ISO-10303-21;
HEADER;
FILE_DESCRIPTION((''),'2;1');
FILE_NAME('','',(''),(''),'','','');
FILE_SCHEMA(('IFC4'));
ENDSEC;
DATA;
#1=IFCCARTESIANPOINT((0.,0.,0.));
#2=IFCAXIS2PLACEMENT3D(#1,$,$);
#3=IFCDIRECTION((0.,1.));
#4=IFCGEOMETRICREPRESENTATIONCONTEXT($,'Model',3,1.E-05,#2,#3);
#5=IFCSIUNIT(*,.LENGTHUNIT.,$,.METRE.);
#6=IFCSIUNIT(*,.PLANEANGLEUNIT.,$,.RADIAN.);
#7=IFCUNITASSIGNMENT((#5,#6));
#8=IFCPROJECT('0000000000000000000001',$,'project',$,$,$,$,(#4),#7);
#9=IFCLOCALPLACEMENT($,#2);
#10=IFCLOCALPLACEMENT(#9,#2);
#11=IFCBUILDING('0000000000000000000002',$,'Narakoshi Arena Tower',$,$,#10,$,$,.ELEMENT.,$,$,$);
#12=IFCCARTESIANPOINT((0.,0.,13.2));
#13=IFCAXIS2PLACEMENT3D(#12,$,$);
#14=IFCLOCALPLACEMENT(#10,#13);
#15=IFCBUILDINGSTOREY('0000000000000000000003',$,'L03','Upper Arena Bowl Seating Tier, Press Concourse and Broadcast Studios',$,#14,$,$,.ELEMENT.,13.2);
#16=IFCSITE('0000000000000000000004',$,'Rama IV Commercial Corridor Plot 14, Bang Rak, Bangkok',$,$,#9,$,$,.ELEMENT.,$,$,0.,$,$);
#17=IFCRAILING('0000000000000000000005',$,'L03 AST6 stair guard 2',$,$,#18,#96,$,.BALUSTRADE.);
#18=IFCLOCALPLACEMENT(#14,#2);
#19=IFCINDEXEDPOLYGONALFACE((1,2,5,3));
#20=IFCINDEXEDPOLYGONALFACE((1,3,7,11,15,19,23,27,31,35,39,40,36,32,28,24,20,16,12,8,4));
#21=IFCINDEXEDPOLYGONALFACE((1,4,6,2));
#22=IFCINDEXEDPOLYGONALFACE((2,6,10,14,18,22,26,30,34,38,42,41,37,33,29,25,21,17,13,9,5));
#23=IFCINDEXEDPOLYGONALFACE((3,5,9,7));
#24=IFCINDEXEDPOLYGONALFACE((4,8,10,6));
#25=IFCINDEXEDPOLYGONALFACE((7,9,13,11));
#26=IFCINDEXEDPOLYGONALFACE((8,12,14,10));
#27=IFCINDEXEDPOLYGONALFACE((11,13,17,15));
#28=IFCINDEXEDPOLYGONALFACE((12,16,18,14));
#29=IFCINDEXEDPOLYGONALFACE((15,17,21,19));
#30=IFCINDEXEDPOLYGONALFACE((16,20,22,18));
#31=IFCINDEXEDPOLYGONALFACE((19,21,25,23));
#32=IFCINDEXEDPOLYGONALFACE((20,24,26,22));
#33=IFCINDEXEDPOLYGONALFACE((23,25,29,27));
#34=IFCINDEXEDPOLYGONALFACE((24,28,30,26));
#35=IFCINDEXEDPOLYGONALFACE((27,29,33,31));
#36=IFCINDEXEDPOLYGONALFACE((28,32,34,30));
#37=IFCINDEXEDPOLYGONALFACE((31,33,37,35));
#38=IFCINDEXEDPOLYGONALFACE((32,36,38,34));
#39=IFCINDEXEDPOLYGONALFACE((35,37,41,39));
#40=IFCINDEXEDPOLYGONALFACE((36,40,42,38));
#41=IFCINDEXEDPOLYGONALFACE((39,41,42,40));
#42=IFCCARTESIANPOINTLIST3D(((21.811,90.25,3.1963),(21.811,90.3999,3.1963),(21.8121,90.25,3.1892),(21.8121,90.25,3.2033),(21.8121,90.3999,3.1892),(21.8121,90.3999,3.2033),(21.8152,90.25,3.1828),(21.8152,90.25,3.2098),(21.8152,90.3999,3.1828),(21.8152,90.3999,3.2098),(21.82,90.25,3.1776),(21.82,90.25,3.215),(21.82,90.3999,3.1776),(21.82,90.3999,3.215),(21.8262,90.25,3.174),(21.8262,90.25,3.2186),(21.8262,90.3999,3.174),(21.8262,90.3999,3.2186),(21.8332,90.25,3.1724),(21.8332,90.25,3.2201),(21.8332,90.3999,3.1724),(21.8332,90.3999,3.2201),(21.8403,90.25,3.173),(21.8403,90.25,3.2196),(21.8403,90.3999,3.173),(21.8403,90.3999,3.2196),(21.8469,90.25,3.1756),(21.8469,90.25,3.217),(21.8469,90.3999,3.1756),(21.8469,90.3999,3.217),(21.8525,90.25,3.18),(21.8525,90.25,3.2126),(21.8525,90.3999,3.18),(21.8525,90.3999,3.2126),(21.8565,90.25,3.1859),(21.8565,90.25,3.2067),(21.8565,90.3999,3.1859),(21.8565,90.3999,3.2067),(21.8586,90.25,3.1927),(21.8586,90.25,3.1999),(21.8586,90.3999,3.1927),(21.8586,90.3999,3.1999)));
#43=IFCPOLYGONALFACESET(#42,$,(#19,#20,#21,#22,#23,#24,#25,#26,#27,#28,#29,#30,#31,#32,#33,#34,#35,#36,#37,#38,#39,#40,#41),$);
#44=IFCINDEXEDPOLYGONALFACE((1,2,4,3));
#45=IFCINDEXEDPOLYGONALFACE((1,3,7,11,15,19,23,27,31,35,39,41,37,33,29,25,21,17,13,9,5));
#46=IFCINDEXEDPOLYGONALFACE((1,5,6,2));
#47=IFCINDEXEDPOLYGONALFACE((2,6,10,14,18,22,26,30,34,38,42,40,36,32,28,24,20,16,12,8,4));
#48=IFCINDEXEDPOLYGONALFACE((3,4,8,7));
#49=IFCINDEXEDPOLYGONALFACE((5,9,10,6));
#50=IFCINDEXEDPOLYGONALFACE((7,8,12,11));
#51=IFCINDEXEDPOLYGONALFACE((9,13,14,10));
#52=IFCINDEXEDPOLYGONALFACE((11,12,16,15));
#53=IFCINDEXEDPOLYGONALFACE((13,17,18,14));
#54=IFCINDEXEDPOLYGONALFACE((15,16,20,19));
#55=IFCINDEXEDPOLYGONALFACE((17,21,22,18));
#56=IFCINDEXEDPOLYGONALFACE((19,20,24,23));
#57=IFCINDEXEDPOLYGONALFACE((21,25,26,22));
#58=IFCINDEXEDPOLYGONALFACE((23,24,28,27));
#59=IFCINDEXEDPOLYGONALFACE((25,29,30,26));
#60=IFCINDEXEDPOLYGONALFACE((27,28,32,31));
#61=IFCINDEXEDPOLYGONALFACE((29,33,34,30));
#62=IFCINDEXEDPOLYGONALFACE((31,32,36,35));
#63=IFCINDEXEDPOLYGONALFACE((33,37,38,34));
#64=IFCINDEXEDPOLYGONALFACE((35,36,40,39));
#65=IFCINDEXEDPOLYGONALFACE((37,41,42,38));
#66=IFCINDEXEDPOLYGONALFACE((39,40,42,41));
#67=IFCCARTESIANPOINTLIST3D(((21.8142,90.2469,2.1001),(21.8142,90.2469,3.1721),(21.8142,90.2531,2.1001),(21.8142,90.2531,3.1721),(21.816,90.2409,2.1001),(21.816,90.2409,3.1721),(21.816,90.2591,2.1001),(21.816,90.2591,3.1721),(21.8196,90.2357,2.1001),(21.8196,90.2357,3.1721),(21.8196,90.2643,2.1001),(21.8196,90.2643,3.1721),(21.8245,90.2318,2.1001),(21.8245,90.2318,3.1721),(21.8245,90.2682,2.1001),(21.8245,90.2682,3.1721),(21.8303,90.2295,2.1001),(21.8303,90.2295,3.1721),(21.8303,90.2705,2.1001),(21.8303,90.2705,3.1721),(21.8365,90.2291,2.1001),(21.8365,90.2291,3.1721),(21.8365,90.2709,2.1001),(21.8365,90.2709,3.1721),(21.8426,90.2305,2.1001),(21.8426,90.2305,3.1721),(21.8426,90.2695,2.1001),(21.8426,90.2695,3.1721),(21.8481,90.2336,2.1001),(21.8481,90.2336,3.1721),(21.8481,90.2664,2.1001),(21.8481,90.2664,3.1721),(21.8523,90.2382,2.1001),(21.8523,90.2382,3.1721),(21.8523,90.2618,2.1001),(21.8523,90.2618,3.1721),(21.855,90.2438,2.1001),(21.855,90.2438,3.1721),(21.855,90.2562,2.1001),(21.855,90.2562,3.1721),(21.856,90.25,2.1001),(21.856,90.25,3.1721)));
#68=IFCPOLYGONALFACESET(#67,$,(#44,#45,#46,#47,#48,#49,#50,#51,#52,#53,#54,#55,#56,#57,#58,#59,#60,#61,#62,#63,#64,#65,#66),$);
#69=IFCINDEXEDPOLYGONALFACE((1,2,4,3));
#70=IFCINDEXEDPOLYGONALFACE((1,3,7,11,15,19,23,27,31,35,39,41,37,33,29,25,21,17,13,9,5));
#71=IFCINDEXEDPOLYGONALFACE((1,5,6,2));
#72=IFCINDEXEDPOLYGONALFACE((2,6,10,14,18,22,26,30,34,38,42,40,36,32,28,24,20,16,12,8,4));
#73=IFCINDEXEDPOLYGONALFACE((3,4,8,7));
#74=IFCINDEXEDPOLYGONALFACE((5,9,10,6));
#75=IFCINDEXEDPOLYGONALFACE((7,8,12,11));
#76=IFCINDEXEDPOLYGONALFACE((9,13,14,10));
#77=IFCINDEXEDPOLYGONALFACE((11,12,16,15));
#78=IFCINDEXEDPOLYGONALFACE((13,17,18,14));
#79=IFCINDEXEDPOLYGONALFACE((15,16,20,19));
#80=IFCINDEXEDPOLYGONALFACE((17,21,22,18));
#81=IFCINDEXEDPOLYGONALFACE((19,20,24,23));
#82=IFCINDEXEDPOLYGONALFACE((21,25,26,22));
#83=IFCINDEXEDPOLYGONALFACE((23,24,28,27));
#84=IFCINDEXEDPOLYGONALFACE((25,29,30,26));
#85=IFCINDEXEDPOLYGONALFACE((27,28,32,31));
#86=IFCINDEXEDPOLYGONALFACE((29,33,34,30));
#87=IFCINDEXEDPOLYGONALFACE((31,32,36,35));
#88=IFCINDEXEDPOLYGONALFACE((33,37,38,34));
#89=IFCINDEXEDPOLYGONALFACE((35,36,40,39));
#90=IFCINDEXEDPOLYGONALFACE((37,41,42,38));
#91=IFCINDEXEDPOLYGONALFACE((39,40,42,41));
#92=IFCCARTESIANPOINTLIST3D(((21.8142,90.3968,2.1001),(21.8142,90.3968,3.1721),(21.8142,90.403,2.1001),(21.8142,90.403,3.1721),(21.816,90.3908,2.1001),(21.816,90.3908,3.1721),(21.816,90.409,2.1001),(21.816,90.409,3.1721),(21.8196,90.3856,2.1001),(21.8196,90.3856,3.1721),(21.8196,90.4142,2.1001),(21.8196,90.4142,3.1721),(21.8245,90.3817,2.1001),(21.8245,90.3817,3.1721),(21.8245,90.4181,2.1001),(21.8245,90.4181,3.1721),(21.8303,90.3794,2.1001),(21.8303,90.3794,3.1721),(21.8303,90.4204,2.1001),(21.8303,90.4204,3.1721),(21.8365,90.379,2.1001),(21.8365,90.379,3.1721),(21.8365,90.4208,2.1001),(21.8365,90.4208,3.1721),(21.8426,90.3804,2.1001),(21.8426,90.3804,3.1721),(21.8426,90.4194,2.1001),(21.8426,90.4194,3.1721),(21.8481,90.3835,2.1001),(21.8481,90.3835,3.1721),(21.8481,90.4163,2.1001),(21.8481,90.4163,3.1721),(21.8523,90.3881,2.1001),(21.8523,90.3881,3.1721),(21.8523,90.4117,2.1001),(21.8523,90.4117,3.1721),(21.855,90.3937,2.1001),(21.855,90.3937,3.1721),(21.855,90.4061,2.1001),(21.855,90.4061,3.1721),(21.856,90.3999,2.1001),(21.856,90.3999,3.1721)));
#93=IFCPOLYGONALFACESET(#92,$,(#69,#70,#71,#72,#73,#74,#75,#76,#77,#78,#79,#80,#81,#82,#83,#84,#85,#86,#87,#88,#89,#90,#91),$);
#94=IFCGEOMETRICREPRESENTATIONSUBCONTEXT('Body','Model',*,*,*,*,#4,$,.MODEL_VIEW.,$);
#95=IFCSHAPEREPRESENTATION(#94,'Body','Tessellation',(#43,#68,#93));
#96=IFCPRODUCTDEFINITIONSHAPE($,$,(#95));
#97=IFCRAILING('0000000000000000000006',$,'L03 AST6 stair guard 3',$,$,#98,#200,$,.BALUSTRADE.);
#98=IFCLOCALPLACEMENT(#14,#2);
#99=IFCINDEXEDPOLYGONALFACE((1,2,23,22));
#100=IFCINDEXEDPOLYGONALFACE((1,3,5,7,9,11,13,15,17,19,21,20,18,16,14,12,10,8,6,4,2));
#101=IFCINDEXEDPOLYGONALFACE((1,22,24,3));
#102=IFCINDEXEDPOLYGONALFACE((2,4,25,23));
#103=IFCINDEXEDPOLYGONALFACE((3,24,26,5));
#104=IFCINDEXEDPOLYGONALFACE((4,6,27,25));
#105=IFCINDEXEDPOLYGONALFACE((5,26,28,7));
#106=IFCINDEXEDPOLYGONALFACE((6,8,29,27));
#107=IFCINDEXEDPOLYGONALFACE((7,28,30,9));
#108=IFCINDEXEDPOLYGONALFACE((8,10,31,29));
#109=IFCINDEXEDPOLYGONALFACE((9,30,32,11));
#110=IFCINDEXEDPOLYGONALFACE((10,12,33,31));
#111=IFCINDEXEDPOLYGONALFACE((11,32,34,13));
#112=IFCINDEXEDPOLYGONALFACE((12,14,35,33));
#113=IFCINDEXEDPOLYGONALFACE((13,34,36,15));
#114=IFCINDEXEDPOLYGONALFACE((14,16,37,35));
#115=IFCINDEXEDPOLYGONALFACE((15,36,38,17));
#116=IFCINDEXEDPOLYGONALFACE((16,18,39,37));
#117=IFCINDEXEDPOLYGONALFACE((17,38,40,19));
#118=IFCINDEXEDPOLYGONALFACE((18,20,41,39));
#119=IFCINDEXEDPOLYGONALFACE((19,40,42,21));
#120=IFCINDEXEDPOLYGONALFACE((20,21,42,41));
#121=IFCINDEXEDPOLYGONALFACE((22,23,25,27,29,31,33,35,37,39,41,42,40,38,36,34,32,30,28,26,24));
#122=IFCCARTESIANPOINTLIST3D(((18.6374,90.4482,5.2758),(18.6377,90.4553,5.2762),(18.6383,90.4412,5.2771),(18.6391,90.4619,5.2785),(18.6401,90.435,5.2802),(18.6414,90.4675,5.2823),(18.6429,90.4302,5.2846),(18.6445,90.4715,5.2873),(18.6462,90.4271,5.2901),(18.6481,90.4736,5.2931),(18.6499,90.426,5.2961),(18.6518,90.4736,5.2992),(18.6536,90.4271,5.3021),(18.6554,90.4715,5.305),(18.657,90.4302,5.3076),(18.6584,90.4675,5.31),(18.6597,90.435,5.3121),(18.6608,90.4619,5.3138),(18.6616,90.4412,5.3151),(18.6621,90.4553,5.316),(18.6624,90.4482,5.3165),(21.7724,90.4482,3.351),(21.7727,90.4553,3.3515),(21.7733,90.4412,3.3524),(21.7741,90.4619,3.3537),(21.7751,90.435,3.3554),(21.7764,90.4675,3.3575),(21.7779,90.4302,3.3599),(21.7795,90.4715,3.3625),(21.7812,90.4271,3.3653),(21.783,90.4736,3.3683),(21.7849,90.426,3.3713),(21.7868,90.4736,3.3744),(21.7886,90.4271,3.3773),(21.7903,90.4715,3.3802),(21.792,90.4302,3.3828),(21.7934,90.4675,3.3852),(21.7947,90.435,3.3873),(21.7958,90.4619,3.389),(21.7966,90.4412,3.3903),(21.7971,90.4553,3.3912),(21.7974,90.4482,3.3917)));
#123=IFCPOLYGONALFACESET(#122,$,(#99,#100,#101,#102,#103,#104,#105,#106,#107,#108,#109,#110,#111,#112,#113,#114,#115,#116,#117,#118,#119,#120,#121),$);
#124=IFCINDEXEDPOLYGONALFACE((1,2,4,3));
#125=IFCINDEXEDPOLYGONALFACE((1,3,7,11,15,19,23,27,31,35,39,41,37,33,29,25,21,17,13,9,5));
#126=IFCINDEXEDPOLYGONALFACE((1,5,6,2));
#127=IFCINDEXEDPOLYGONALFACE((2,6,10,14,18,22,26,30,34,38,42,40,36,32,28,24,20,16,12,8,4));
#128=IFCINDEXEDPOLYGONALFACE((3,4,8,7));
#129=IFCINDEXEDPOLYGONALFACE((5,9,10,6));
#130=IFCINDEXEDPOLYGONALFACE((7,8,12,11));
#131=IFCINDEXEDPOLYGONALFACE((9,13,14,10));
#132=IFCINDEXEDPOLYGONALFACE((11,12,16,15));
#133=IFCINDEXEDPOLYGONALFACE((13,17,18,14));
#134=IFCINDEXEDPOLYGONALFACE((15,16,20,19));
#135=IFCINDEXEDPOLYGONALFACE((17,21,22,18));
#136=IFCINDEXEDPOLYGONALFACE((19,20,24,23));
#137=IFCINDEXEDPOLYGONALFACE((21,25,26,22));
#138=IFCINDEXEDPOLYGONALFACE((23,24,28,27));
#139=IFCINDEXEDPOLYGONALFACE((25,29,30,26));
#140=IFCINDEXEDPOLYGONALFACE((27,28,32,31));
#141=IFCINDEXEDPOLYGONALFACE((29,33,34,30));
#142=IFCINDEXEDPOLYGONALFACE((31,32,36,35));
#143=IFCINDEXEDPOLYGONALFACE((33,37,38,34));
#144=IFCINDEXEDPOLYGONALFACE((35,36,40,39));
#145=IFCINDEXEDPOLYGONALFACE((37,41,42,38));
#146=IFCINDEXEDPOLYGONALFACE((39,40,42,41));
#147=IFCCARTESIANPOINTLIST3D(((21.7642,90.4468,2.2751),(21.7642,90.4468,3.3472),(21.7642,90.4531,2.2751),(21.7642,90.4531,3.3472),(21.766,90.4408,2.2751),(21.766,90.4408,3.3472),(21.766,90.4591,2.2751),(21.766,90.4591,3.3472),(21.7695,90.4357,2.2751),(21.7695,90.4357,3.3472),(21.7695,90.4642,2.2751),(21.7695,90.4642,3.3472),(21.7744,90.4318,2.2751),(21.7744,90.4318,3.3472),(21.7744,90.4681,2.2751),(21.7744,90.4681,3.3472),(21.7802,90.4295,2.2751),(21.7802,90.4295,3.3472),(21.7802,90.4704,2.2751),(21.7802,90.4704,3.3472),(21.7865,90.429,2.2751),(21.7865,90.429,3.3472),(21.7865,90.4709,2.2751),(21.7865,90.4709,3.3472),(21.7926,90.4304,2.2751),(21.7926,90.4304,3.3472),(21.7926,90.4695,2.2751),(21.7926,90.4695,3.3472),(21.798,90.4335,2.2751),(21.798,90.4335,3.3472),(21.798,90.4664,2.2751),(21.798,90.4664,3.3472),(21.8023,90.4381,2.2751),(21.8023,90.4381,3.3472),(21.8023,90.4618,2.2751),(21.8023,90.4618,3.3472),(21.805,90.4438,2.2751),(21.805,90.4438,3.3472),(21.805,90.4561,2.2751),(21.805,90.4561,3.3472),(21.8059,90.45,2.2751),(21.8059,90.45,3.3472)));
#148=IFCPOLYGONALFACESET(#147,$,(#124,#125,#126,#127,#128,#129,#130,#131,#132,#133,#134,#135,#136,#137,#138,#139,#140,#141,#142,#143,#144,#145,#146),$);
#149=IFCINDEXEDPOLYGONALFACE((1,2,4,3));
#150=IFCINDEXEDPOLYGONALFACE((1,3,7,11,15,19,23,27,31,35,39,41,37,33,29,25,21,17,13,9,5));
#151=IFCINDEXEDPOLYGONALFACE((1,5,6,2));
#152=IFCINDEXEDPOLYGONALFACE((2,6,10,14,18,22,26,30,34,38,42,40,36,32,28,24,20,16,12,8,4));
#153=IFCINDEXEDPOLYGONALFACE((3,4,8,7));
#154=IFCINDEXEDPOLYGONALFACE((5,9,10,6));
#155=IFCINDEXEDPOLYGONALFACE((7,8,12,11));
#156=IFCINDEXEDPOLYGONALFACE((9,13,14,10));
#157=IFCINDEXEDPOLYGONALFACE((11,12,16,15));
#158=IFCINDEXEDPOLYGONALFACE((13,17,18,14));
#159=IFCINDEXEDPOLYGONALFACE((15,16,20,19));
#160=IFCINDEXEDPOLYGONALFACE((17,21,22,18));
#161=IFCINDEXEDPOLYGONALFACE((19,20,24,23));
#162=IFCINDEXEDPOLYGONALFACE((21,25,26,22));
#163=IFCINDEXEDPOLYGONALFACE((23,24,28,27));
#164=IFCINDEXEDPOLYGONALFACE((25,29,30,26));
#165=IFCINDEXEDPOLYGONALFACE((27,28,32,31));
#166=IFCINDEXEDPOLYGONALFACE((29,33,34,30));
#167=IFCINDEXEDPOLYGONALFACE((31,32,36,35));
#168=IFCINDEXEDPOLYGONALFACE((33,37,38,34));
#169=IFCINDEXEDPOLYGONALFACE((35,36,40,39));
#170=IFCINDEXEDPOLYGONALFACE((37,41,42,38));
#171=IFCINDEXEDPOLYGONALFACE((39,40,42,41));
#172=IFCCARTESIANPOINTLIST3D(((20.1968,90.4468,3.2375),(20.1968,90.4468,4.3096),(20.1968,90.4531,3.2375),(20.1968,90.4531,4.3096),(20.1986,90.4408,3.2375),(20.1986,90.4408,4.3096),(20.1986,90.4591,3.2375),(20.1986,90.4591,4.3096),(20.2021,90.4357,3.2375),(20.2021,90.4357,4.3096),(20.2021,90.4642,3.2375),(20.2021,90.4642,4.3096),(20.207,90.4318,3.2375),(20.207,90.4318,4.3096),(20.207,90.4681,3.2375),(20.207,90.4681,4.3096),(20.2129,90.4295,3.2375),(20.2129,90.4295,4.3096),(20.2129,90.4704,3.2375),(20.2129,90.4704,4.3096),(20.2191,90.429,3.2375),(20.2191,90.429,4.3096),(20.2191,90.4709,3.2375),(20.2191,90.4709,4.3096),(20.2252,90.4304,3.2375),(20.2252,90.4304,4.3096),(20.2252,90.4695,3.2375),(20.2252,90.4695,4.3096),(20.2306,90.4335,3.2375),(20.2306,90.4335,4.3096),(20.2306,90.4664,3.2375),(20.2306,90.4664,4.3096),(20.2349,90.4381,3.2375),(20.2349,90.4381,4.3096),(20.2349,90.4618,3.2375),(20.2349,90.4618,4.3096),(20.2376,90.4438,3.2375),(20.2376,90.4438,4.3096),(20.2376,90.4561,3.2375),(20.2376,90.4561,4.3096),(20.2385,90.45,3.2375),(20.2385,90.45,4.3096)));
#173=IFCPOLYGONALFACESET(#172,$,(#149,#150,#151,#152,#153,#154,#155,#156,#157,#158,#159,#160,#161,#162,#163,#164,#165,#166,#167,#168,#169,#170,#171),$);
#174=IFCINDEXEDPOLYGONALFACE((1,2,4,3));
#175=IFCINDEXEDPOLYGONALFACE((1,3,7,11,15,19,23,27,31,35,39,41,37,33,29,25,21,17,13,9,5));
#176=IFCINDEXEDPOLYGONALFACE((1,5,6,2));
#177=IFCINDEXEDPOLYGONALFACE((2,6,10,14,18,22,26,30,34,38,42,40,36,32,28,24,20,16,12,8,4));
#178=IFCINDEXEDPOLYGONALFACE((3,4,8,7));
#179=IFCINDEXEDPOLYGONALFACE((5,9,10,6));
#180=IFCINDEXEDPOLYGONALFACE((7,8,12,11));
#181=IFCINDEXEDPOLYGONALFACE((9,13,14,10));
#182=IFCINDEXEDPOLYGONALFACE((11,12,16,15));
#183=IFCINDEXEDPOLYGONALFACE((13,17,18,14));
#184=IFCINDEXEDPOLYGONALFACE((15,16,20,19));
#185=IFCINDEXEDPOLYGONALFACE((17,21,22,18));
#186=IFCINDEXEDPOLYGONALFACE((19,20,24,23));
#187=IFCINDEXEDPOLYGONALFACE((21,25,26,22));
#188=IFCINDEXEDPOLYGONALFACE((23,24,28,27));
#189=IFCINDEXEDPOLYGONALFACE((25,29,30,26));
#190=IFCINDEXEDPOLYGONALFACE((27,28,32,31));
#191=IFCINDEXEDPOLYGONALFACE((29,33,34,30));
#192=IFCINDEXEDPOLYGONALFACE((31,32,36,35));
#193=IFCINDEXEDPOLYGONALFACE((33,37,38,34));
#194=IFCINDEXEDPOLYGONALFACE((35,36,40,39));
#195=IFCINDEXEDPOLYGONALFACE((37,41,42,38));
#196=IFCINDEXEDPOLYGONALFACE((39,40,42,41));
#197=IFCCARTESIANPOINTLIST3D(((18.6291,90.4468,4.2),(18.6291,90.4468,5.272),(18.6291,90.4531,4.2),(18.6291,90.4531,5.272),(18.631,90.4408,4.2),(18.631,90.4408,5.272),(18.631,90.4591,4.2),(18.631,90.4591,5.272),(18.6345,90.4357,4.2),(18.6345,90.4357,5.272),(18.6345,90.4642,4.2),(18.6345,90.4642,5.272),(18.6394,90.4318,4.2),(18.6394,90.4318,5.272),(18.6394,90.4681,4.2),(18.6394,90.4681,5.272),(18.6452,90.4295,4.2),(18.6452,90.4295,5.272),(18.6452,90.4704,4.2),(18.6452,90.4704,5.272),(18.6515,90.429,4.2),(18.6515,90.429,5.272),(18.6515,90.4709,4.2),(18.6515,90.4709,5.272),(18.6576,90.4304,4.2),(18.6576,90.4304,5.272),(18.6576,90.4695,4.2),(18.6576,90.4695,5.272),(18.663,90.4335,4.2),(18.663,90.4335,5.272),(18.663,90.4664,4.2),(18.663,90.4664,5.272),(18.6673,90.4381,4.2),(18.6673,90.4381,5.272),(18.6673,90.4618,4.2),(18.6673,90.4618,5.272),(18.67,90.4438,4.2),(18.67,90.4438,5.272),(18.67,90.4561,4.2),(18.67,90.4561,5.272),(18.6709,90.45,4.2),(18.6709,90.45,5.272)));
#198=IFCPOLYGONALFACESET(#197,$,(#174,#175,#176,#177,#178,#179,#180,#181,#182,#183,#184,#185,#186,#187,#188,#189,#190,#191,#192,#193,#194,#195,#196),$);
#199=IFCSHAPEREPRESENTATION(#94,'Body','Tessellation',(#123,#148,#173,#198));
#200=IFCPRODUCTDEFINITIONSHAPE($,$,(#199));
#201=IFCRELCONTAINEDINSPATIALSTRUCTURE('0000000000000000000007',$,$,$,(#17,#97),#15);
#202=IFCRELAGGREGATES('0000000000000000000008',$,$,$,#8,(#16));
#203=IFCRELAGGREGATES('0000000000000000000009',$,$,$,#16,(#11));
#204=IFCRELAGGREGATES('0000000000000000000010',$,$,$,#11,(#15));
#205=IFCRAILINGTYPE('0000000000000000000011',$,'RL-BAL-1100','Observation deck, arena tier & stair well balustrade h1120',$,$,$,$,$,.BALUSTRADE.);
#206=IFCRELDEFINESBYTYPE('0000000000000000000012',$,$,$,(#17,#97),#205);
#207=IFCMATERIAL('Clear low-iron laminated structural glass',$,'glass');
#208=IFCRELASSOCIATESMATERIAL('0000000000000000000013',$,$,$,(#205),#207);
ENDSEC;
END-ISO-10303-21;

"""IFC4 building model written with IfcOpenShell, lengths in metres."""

from ifc_helpers import new_model, si_unit, direction, frame, origin, origin_2d, place, context, subcontext, project, spatial, circle, extrude, material, type_object, element, save


model = new_model("IFC4")

# Units and contexts
model_context = context("Model", 3, precision=1e-05, world=origin(), true_north=direction((0.0, 1.0)))
body_context = subcontext(model_context, "Body", "Model", "MODEL_VIEW")
ifc_project = project(units=[si_unit("LENGTHUNIT", "METRE"), si_unit("PLANEANGLEUNIT", "RADIAN")], contexts=[model_context])

# Site, building, storey
site_placement = place(None, origin())
site = spatial("IfcSite", under=ifc_project, at=site_placement, Name="Rama IV Commercial Corridor Plot 14, Bang Rak, Bangkok", CompositionType="ELEMENT", RefElevation=0.0)
building_placement = place(site_placement, origin())
building = spatial("IfcBuilding", under=site, at=building_placement, Name="Narakoshi Arena Tower", CompositionType="ELEMENT")
storey_placement = place(building_placement, frame((0.0, 0.0, 13.2)))
storey = spatial("IfcBuildingStorey", under=building, at=storey_placement, Name="L03", Description="Upper Arena Bowl Seating Tier, Press Concourse and Broadcast Studios", CompositionType="ELEMENT", Elevation=13.2)

# Railings
ifc_material_1 = material(Name="Clear low-iron laminated structural glass", Category="glass")
railing_type_1 = type_object("IfcRailingType", Name="RL-BAL-1100", Description="Observation deck, arena tier & stair well balustrade h1120", PredefinedType="BALUSTRADE", material=ifc_material_1)
railing_1_placement = place(storey_placement, frame((21.835, 90.25, 2.1001)))
element("IfcRailing", 1, at=railing_1_placement, inside=storey, type_object=railing_type_1, Name="L03 AST6 stair guard 2", PredefinedType="BALUSTRADE", context=body_context, shape_type="SweptSolid", body=[
    extrude(circle(Radius=0.0239, at=origin_2d()), frame((0.0, 0.0, 1.0962), z_axis=(0.0, 1.0, 0.0), x_axis=(-1.0, 0.0, 0.0)), (0.0, 0.0, 1.0), 0.1499),
    extrude(circle(Radius=0.021, at=origin_2d()), origin(), (0.0, 0.0, 1.0), 1.072),
    extrude(circle(Radius=0.021, at=origin_2d()), frame((0.0, 0.1499, 0.0)), (0.0, 0.0, 1.0), 1.072),
])
railing_2_placement = place(storey_placement, frame((21.7849, 90.45, 2.2751)))
element("IfcRailing", 2, at=railing_2_placement, inside=storey, type_object=railing_type_1, Name="L03 AST6 stair guard 3", PredefinedType="BALUSTRADE", context=body_context, shape_type="SweptSolid", body=[
    extrude(circle(Radius=0.0239, at=origin_2d()), frame((0.0, 0.0, 1.0962), z_axis=(-0.852196, 0.0, 0.523223), x_axis=(0.0, -1.0, 0.0)), (0.0, 0.0, 1.0), 3.6787),
    extrude(circle(Radius=0.021, at=origin_2d()), origin(), (0.0, 0.0, 1.0), 1.072),
    extrude(circle(Radius=0.021, at=origin_2d()), frame((-1.5674, 0.0, 0.9624)), (0.0, 0.0, 1.0), 1.072),
    extrude(circle(Radius=0.021, at=origin_2d()), frame((-3.135, 0.0, 1.9248)), (0.0, 0.0, 1.0), 1.072),
])

save(model, "model.ifc")
